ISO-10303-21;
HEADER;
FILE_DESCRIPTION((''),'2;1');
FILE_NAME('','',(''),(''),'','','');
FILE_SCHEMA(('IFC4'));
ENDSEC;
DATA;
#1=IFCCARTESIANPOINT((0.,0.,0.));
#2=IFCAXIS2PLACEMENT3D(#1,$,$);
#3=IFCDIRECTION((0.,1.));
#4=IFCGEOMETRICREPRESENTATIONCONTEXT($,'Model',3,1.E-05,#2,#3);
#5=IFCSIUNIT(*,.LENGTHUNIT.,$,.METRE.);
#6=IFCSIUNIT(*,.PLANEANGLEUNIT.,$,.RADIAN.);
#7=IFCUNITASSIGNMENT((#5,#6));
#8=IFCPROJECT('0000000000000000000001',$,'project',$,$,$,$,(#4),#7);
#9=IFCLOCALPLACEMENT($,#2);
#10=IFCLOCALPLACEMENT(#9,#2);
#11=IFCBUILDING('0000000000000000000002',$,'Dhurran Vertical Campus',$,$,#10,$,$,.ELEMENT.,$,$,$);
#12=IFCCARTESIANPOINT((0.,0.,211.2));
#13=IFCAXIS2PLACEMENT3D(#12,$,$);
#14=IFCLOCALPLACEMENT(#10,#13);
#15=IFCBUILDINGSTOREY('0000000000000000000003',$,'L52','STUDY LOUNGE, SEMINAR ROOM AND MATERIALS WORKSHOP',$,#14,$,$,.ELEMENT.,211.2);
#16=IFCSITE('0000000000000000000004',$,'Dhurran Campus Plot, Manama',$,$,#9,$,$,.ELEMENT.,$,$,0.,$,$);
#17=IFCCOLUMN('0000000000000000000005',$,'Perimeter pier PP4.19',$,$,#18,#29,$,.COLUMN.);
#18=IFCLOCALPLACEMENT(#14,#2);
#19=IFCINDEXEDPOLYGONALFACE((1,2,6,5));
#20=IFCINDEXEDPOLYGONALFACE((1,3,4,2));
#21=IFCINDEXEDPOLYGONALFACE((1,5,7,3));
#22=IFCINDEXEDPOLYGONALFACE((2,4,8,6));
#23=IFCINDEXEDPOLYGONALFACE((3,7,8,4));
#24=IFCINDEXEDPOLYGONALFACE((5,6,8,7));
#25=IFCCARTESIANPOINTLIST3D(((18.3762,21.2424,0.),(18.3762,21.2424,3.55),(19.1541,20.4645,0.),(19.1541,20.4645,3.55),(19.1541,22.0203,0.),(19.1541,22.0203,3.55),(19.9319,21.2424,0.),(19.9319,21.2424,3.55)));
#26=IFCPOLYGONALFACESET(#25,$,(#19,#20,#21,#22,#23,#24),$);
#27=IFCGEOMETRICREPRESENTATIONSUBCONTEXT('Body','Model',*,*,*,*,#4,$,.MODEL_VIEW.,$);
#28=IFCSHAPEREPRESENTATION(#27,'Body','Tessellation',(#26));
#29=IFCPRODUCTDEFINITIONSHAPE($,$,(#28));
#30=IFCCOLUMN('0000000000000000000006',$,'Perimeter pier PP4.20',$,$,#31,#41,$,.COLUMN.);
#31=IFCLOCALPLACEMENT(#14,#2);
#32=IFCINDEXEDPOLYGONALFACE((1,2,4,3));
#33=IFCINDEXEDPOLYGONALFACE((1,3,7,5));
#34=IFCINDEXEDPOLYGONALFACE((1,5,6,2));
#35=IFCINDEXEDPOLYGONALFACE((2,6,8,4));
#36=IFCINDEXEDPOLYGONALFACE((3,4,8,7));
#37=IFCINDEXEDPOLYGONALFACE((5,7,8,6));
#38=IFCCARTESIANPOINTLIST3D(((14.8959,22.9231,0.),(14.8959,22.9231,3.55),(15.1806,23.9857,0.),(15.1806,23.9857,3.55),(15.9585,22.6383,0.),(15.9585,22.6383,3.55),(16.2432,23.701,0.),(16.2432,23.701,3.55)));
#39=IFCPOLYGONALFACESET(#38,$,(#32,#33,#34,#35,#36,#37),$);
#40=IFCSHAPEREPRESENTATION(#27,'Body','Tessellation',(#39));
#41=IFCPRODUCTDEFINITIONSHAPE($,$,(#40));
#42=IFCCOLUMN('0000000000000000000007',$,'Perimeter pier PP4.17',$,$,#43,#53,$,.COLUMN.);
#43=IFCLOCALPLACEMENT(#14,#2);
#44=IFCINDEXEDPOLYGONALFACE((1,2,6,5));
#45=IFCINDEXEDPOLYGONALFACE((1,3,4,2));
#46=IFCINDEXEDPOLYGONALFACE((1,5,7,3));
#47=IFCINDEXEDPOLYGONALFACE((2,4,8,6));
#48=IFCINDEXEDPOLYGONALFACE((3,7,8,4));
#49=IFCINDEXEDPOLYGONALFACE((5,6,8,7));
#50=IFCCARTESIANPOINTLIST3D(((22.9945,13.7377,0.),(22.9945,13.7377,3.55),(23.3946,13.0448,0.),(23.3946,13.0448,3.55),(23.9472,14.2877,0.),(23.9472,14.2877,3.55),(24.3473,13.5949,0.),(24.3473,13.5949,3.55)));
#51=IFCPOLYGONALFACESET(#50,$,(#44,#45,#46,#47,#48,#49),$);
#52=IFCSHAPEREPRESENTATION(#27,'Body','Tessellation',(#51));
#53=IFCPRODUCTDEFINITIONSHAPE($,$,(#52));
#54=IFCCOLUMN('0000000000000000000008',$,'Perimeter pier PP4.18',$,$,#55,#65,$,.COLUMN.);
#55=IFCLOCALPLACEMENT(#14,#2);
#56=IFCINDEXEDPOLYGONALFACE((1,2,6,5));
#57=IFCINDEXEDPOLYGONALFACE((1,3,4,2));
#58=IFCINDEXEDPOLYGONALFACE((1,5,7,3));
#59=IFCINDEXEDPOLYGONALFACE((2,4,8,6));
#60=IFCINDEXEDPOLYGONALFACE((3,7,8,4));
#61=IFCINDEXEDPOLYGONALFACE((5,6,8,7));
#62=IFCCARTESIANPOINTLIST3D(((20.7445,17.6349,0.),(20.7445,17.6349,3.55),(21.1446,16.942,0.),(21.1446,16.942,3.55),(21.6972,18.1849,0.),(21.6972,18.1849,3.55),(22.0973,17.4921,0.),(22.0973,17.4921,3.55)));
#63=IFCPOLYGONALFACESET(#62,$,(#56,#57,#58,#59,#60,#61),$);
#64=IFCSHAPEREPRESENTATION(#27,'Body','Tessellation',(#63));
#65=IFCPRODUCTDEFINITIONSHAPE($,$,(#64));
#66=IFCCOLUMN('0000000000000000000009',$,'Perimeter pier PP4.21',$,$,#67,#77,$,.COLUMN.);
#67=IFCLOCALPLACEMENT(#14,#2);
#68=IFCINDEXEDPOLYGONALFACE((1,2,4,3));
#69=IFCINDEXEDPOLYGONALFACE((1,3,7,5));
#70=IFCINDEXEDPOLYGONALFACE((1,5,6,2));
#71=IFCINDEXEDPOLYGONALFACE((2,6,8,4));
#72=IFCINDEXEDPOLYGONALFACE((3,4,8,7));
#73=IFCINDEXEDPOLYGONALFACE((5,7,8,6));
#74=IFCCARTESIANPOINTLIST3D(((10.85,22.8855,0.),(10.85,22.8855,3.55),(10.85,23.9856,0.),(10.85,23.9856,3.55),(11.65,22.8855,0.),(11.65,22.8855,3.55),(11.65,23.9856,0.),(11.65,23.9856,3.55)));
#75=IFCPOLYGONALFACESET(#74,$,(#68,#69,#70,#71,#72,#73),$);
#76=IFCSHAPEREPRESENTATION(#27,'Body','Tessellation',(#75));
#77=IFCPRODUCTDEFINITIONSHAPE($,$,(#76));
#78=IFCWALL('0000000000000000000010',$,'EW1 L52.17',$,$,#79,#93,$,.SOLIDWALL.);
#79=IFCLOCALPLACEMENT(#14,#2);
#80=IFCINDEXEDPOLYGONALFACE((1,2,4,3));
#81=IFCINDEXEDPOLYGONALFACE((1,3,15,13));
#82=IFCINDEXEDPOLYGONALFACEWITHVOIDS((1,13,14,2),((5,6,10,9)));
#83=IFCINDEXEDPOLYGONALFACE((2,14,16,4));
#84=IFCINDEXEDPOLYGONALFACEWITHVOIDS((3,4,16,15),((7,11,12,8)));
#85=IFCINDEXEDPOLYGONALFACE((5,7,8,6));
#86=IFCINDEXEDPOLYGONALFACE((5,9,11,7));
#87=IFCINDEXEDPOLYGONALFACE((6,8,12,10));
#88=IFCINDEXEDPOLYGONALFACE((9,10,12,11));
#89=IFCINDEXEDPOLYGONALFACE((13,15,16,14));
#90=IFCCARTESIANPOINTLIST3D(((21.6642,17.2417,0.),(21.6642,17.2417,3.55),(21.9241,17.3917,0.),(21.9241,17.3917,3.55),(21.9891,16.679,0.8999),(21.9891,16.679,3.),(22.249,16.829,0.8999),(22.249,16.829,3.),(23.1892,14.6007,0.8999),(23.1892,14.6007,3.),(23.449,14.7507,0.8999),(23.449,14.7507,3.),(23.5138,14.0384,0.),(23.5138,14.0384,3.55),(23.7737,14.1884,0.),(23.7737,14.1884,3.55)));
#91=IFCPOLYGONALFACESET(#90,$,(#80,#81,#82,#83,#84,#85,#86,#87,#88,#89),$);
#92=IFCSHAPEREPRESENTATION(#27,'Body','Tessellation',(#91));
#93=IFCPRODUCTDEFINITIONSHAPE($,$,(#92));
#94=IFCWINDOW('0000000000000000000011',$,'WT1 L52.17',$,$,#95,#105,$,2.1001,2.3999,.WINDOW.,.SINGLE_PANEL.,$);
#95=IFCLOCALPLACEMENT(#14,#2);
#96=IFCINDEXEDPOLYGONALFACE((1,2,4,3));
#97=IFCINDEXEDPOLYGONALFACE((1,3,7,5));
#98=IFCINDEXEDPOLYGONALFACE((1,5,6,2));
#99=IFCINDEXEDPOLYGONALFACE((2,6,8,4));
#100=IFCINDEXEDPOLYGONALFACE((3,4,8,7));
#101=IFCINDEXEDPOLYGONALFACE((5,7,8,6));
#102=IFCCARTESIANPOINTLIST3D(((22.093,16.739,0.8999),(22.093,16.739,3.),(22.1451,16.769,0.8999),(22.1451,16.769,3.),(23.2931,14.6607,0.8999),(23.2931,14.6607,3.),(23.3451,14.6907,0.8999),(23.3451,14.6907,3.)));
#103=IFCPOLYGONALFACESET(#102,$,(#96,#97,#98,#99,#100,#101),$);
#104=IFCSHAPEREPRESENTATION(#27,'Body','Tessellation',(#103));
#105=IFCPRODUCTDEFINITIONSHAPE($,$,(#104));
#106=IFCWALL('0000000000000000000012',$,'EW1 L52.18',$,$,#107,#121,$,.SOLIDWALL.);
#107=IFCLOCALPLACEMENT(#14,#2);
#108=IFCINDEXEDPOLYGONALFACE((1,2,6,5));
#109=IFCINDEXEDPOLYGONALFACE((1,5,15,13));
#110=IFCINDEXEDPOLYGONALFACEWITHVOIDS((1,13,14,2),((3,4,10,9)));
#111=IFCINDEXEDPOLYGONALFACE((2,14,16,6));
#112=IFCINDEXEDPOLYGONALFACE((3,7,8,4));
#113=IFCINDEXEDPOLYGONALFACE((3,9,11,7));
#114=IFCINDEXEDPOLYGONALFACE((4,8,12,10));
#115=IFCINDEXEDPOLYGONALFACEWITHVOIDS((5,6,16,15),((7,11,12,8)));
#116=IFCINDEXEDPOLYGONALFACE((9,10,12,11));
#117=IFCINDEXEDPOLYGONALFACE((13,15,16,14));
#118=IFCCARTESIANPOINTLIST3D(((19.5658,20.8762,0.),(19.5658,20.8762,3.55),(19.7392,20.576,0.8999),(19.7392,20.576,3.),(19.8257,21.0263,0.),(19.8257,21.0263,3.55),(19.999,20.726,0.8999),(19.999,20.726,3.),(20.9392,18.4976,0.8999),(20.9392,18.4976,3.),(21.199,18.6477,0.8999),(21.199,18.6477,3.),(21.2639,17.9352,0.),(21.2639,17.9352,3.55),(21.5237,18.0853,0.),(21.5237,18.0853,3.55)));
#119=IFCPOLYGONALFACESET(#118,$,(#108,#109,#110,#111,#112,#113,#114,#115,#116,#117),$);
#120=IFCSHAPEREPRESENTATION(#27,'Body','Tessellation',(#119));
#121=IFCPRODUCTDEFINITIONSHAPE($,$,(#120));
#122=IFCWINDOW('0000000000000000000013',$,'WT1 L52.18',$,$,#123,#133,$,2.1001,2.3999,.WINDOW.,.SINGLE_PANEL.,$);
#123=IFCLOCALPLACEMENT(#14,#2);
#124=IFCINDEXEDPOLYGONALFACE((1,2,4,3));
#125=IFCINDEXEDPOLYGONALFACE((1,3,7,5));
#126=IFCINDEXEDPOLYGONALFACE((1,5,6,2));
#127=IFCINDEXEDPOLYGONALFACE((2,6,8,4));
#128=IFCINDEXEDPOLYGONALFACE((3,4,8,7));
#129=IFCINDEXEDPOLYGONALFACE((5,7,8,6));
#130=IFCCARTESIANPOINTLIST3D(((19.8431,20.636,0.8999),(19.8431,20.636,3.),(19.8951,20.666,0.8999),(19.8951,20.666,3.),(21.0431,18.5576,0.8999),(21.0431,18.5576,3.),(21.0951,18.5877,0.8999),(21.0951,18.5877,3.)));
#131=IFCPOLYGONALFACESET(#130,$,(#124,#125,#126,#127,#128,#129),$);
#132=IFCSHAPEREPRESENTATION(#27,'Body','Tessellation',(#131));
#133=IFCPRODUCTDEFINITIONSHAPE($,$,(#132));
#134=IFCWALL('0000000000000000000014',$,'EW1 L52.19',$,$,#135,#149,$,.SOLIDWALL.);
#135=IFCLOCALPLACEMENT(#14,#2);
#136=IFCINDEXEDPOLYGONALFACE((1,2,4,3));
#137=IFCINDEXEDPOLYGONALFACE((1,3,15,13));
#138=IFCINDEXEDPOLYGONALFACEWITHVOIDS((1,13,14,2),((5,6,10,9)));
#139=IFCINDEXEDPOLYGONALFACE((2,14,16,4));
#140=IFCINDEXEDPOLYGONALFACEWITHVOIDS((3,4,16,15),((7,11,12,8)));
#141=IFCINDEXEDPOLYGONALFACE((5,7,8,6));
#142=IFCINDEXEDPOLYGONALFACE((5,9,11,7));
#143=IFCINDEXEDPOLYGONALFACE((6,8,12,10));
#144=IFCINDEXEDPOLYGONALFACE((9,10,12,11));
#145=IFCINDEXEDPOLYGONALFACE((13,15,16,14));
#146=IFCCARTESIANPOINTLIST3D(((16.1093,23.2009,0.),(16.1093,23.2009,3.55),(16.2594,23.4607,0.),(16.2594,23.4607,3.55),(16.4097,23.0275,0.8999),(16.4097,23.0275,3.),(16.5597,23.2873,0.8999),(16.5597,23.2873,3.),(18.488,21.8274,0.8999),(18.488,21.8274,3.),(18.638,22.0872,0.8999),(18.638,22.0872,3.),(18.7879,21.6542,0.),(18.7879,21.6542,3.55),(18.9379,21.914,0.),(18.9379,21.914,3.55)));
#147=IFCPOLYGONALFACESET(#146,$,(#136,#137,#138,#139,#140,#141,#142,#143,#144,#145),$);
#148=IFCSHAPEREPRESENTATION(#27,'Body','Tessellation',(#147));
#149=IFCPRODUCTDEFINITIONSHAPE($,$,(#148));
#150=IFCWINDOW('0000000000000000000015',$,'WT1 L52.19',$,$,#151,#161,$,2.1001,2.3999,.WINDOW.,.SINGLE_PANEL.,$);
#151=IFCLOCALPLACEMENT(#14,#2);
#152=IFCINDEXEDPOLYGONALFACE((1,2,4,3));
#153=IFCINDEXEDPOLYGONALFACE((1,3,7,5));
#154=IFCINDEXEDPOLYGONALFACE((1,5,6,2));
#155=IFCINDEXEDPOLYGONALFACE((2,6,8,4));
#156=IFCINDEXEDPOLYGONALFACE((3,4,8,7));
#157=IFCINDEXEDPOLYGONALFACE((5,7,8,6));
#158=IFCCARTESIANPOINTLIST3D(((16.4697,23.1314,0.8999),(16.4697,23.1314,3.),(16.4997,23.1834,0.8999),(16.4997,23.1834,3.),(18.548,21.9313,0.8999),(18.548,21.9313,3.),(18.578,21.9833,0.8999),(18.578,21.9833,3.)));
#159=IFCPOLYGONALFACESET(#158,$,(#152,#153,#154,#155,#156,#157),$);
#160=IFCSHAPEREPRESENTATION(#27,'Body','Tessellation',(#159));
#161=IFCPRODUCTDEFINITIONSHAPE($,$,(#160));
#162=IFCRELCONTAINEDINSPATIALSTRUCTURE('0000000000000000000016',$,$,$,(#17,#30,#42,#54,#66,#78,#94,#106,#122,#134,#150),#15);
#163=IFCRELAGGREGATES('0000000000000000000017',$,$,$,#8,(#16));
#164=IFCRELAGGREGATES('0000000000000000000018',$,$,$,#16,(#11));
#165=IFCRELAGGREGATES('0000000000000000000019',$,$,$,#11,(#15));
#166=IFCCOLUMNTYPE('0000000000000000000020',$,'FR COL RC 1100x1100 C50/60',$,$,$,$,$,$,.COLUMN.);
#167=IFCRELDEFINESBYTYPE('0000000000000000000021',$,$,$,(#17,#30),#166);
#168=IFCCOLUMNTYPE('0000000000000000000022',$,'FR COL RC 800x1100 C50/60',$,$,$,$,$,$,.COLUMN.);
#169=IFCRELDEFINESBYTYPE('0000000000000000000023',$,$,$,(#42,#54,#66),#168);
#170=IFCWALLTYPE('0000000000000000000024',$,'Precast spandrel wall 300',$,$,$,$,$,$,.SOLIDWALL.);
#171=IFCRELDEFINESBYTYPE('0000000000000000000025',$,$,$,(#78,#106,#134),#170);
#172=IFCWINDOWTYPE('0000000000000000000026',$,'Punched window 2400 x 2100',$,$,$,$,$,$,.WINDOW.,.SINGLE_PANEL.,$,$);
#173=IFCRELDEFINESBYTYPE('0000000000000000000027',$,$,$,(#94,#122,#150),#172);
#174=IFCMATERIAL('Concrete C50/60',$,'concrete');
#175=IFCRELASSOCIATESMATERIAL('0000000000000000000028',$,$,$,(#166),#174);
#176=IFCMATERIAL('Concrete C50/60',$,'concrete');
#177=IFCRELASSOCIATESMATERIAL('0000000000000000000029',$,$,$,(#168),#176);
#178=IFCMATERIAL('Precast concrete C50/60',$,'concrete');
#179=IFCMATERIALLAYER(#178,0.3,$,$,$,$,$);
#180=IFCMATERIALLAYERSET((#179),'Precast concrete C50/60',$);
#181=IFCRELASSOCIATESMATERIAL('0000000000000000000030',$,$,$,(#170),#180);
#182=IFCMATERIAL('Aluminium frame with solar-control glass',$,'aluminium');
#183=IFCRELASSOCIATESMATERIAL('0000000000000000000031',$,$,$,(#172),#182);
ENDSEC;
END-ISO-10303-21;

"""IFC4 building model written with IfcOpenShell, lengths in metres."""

from ifc_helpers import new_model, si_unit, direction, frame, frame_2d, origin, origin_2d, place, context, subcontext, project, spatial, rectangle, extrude, material, layer, layer_set, material_profile, profile_set, type_object, element, fill, save


model = new_model("IFC4")

# Units and contexts
model_context = context("Model", 3, precision=1e-05, world=origin(), true_north=direction((0.0, 1.0)))
body_context = subcontext(model_context, "Body", "Model", "MODEL_VIEW")
ifc_project = project(units=[si_unit("LENGTHUNIT", "METRE"), si_unit("PLANEANGLEUNIT", "RADIAN")], contexts=[model_context])

# Site, building, storey
site_placement = place(None, origin())
site = spatial("IfcSite", under=ifc_project, at=site_placement, Name="Dhurran Campus Plot, Manama", CompositionType="ELEMENT", RefElevation=0.0)
building_placement = place(site_placement, origin())
building = spatial("IfcBuilding", under=site, at=building_placement, Name="Dhurran Vertical Campus", CompositionType="ELEMENT")
storey_placement = place(building_placement, frame((0.0, 0.0, 211.2)))
storey = spatial("IfcBuildingStorey", under=building, at=storey_placement, Name="L52", Description="STUDY LOUNGE, SEMINAR ROOM AND MATERIALS WORKSHOP", CompositionType="ELEMENT", Elevation=211.2)

# Columns
ifc_material_1 = material(Name="Concrete C50/60", Category="concrete")
ifc_material_profile_1 = material_profile(ifc_material_1, rectangle(XDim=1.1001, YDim=1.1001, at=origin_2d()), Name="RC 1100x1100")
ifc_profile_set_1 = profile_set([ifc_material_profile_1], Name="Concrete C50/60")
column_type_1 = type_object("IfcColumnType", Name="FR COL RC 1100x1100 C50/60", PredefinedType="COLUMN", material=ifc_profile_set_1)
for number, where, z_axis, x_axis, name in (
    (1, (19.1541, 21.2424, 0.0), (0.0, 0.0, 1.0), (-0.707107, 0.707107, 0.0), "Perimeter pier PP4.19"),
    (2, (15.5696, 23.312, 0.0), (0.0, 0.0, 1.0), (-0.965926, 0.258819, 0.0), "Perimeter pier PP4.20"),
):
    element("IfcColumn", number, at=place(storey_placement, frame(where, z_axis=z_axis, x_axis=x_axis)), inside=storey, type_object=column_type_1, Name=name, PredefinedType="COLUMN", context=body_context, shape_type="SweptSolid", body=[
        extrude(rectangle(XDim=1.1001, YDim=1.1001, at=origin_2d()), origin(), (0.0, 0.0, 1.0), 3.55),
    ])
ifc_material_2 = material(Name="Concrete C50/60", Category="concrete")
ifc_material_profile_2 = material_profile(ifc_material_2, rectangle(XDim=0.8, YDim=1.1001, at=origin_2d()), Name="RC 800x1100")
ifc_profile_set_2 = profile_set([ifc_material_profile_2], Name="Concrete C50/60")
column_type_2 = type_object("IfcColumnType", Name="FR COL RC 800x1100 C50/60", PredefinedType="COLUMN", material=ifc_profile_set_2)
for number, where, z_axis, x_axis, name in (
    (3, (23.6709, 13.6663, 0.0), (0.0, 0.0, 1.0), (-0.5, 0.866025, 0.0), "Perimeter pier PP4.17"),
    (4, (21.4209, 17.5635, 0.0), (0.0, 0.0, 1.0), (-0.5, 0.866025, 0.0), "Perimeter pier PP4.18"),
    (5, (11.25, 23.4355, 0.0), (0.0, 0.0, 1.0), (-1.0, 0.0, 0.0), "Perimeter pier PP4.21"),
):
    element("IfcColumn", number, at=place(storey_placement, frame(where, z_axis=z_axis, x_axis=x_axis)), inside=storey, type_object=column_type_2, Name=name, PredefinedType="COLUMN", context=body_context, shape_type="SweptSolid", body=[
        extrude(rectangle(XDim=0.8, YDim=1.1001, at=origin_2d()), origin(), (0.0, 0.0, 1.0), 3.55),
    ])

# Walls, openings, windows
ifc_material_3 = material(Name="Precast concrete C50/60", Category="concrete")
ifc_layer_1 = layer(ifc_material_3, 0.3)
ifc_layer_set_1 = layer_set([ifc_layer_1], Name="Precast concrete C50/60")
wall_type_1 = type_object("IfcWallType", Name="Precast spandrel wall 300", PredefinedType="SOLIDWALL", material=ifc_layer_set_1)
wall_1_placement = place(storey_placement, frame((23.6438, 14.1133, 0.0), z_axis=(0.0, 0.0, 1.0), x_axis=(-0.500029, 0.866009, 0.0)))
wall_1 = element("IfcWall", 6, at=wall_1_placement, inside=storey, type_object=wall_type_1, Name="EW1 L52.17", PredefinedType="SOLIDWALL", context=body_context, shape_type="SweptSolid", body=[
    extrude(rectangle(XDim=3.699, YDim=0.3, at=frame_2d((1.8496, 0.0))), origin(), (0.0, 0.0, 1.0), 3.55),
])
opening_1_placement = place(wall_1_placement, frame((0.6494, 0.0, 0.8999)))
opening_1 = element("IfcOpeningElement", 7, at=opening_1_placement, cuts=wall_1, PredefinedType="OPENING", context=body_context, shape_type="SweptSolid", body=[
    extrude(rectangle(XDim=2.3999, YDim=2.1001, at=frame_2d((1.2, 1.05))), frame((0.0, 0.1599, 0.0), z_axis=(0.0, -1.0, 0.0), x_axis=(1.0, 0.0, 0.0)), (0.0, 0.0, 1.0), 0.3201),
])
ifc_material_4 = material(Name="Aluminium frame with solar-control glass", Category="aluminium")
window_type = type_object("IfcWindowType", Name="Punched window 2400 x 2100", PartitioningType="SINGLE_PANEL", PredefinedType="WINDOW", material=ifc_material_4)
window_1_placement = place(opening_1_placement, origin())
window_1 = element("IfcWindow", 8, at=window_1_placement, inside=storey, type_object=window_type, Name="WT1 L52.17", OverallHeight=2.1001, OverallWidth=2.3999, PartitioningType="SINGLE_PANEL", PredefinedType="WINDOW", context=body_context, shape_type="SweptSolid", body=[
    extrude(rectangle(XDim=2.3999, YDim=2.1001, at=frame_2d((1.2, 1.05))), frame((0.0, 0.03, 0.0), z_axis=(0.0, -1.0, 0.0), x_axis=(1.0, 0.0, 0.0)), (0.0, 0.0, 1.0), 0.0601),
])
fill(opening_1, window_1)
wall_2_placement = place(storey_placement, frame((21.3938, 18.0103, 0.0), z_axis=(0.0, 0.0, 1.0), x_axis=(-0.500013, 0.866018, 0.0)))
wall_2 = element("IfcWall", 9, at=wall_2_placement, inside=storey, type_object=wall_type_1, Name="EW1 L52.18", PredefinedType="SOLIDWALL", context=body_context, shape_type="SweptSolid", body=[
    extrude(rectangle(XDim=3.396, YDim=0.3, at=frame_2d((1.698, 0.0))), origin(), (0.0, 0.0, 1.0), 3.55),
])
opening_2_placement = place(wall_2_placement, frame((0.6494, 0.0, 0.8999)))
opening_2 = element("IfcOpeningElement", 10, at=opening_2_placement, cuts=wall_2, PredefinedType="OPENING", context=body_context, shape_type="SweptSolid", body=[
    extrude(rectangle(XDim=2.3999, YDim=2.1001, at=frame_2d((1.2, 1.05))), frame((0.0, 0.1599, 0.0), z_axis=(0.0, -1.0, 0.0), x_axis=(1.0, 0.0, 0.0)), (0.0, 0.0, 1.0), 0.3201),
])
window_2_placement = place(opening_2_placement, origin())
window_2 = element("IfcWindow", 11, at=window_2_placement, inside=storey, type_object=window_type, Name="WT1 L52.18", OverallHeight=2.1001, OverallWidth=2.3999, PartitioningType="SINGLE_PANEL", PredefinedType="WINDOW", context=body_context, shape_type="SweptSolid", body=[
    extrude(rectangle(XDim=2.3999, YDim=2.1001, at=frame_2d((1.2, 1.05))), frame((0.0, 0.03, 0.0), z_axis=(0.0, -1.0, 0.0), x_axis=(1.0, 0.0, 0.0)), (0.0, 0.0, 1.0), 0.0601),
])
fill(opening_2, window_2)
wall_3_placement = place(storey_placement, frame((18.8628, 21.7842, 0.0), z_axis=(0.0, 0.0, 1.0), x_axis=(-0.865995, 0.500053, 0.0)))
wall_3 = element("IfcWall", 12, at=wall_3_placement, inside=storey, type_object=wall_type_1, Name="EW1 L52.19", PredefinedType="SOLIDWALL", context=body_context, shape_type="SweptSolid", body=[
    extrude(rectangle(XDim=3.093, YDim=0.3, at=frame_2d((1.5464, 0.0))), origin(), (0.0, 0.0, 1.0), 3.55),
])
opening_3_placement = place(wall_3_placement, frame((0.3462, 0.0, 0.8999)))
opening_3 = element("IfcOpeningElement", 13, at=opening_3_placement, cuts=wall_3, PredefinedType="OPENING", context=body_context, shape_type="SweptSolid", body=[
    extrude(rectangle(XDim=2.3999, YDim=2.1001, at=frame_2d((1.2, 1.05))), frame((0.0, 0.1599, 0.0), z_axis=(0.0, -1.0, 0.0), x_axis=(1.0, 0.0, 0.0)), (0.0, 0.0, 1.0), 0.3201),
])
window_3_placement = place(opening_3_placement, origin())
window_3 = element("IfcWindow", 14, at=window_3_placement, inside=storey, type_object=window_type, Name="WT1 L52.19", OverallHeight=2.1001, OverallWidth=2.3999, PartitioningType="SINGLE_PANEL", PredefinedType="WINDOW", context=body_context, shape_type="SweptSolid", body=[
    extrude(rectangle(XDim=2.3999, YDim=2.1001, at=frame_2d((1.2, 1.05))), frame((0.0, 0.03, 0.0), z_axis=(0.0, -1.0, 0.0), x_axis=(1.0, 0.0, 0.0)), (0.0, 0.0, 1.0), 0.0601),
])
fill(opening_3, window_3)

save(model, "model.ifc")
